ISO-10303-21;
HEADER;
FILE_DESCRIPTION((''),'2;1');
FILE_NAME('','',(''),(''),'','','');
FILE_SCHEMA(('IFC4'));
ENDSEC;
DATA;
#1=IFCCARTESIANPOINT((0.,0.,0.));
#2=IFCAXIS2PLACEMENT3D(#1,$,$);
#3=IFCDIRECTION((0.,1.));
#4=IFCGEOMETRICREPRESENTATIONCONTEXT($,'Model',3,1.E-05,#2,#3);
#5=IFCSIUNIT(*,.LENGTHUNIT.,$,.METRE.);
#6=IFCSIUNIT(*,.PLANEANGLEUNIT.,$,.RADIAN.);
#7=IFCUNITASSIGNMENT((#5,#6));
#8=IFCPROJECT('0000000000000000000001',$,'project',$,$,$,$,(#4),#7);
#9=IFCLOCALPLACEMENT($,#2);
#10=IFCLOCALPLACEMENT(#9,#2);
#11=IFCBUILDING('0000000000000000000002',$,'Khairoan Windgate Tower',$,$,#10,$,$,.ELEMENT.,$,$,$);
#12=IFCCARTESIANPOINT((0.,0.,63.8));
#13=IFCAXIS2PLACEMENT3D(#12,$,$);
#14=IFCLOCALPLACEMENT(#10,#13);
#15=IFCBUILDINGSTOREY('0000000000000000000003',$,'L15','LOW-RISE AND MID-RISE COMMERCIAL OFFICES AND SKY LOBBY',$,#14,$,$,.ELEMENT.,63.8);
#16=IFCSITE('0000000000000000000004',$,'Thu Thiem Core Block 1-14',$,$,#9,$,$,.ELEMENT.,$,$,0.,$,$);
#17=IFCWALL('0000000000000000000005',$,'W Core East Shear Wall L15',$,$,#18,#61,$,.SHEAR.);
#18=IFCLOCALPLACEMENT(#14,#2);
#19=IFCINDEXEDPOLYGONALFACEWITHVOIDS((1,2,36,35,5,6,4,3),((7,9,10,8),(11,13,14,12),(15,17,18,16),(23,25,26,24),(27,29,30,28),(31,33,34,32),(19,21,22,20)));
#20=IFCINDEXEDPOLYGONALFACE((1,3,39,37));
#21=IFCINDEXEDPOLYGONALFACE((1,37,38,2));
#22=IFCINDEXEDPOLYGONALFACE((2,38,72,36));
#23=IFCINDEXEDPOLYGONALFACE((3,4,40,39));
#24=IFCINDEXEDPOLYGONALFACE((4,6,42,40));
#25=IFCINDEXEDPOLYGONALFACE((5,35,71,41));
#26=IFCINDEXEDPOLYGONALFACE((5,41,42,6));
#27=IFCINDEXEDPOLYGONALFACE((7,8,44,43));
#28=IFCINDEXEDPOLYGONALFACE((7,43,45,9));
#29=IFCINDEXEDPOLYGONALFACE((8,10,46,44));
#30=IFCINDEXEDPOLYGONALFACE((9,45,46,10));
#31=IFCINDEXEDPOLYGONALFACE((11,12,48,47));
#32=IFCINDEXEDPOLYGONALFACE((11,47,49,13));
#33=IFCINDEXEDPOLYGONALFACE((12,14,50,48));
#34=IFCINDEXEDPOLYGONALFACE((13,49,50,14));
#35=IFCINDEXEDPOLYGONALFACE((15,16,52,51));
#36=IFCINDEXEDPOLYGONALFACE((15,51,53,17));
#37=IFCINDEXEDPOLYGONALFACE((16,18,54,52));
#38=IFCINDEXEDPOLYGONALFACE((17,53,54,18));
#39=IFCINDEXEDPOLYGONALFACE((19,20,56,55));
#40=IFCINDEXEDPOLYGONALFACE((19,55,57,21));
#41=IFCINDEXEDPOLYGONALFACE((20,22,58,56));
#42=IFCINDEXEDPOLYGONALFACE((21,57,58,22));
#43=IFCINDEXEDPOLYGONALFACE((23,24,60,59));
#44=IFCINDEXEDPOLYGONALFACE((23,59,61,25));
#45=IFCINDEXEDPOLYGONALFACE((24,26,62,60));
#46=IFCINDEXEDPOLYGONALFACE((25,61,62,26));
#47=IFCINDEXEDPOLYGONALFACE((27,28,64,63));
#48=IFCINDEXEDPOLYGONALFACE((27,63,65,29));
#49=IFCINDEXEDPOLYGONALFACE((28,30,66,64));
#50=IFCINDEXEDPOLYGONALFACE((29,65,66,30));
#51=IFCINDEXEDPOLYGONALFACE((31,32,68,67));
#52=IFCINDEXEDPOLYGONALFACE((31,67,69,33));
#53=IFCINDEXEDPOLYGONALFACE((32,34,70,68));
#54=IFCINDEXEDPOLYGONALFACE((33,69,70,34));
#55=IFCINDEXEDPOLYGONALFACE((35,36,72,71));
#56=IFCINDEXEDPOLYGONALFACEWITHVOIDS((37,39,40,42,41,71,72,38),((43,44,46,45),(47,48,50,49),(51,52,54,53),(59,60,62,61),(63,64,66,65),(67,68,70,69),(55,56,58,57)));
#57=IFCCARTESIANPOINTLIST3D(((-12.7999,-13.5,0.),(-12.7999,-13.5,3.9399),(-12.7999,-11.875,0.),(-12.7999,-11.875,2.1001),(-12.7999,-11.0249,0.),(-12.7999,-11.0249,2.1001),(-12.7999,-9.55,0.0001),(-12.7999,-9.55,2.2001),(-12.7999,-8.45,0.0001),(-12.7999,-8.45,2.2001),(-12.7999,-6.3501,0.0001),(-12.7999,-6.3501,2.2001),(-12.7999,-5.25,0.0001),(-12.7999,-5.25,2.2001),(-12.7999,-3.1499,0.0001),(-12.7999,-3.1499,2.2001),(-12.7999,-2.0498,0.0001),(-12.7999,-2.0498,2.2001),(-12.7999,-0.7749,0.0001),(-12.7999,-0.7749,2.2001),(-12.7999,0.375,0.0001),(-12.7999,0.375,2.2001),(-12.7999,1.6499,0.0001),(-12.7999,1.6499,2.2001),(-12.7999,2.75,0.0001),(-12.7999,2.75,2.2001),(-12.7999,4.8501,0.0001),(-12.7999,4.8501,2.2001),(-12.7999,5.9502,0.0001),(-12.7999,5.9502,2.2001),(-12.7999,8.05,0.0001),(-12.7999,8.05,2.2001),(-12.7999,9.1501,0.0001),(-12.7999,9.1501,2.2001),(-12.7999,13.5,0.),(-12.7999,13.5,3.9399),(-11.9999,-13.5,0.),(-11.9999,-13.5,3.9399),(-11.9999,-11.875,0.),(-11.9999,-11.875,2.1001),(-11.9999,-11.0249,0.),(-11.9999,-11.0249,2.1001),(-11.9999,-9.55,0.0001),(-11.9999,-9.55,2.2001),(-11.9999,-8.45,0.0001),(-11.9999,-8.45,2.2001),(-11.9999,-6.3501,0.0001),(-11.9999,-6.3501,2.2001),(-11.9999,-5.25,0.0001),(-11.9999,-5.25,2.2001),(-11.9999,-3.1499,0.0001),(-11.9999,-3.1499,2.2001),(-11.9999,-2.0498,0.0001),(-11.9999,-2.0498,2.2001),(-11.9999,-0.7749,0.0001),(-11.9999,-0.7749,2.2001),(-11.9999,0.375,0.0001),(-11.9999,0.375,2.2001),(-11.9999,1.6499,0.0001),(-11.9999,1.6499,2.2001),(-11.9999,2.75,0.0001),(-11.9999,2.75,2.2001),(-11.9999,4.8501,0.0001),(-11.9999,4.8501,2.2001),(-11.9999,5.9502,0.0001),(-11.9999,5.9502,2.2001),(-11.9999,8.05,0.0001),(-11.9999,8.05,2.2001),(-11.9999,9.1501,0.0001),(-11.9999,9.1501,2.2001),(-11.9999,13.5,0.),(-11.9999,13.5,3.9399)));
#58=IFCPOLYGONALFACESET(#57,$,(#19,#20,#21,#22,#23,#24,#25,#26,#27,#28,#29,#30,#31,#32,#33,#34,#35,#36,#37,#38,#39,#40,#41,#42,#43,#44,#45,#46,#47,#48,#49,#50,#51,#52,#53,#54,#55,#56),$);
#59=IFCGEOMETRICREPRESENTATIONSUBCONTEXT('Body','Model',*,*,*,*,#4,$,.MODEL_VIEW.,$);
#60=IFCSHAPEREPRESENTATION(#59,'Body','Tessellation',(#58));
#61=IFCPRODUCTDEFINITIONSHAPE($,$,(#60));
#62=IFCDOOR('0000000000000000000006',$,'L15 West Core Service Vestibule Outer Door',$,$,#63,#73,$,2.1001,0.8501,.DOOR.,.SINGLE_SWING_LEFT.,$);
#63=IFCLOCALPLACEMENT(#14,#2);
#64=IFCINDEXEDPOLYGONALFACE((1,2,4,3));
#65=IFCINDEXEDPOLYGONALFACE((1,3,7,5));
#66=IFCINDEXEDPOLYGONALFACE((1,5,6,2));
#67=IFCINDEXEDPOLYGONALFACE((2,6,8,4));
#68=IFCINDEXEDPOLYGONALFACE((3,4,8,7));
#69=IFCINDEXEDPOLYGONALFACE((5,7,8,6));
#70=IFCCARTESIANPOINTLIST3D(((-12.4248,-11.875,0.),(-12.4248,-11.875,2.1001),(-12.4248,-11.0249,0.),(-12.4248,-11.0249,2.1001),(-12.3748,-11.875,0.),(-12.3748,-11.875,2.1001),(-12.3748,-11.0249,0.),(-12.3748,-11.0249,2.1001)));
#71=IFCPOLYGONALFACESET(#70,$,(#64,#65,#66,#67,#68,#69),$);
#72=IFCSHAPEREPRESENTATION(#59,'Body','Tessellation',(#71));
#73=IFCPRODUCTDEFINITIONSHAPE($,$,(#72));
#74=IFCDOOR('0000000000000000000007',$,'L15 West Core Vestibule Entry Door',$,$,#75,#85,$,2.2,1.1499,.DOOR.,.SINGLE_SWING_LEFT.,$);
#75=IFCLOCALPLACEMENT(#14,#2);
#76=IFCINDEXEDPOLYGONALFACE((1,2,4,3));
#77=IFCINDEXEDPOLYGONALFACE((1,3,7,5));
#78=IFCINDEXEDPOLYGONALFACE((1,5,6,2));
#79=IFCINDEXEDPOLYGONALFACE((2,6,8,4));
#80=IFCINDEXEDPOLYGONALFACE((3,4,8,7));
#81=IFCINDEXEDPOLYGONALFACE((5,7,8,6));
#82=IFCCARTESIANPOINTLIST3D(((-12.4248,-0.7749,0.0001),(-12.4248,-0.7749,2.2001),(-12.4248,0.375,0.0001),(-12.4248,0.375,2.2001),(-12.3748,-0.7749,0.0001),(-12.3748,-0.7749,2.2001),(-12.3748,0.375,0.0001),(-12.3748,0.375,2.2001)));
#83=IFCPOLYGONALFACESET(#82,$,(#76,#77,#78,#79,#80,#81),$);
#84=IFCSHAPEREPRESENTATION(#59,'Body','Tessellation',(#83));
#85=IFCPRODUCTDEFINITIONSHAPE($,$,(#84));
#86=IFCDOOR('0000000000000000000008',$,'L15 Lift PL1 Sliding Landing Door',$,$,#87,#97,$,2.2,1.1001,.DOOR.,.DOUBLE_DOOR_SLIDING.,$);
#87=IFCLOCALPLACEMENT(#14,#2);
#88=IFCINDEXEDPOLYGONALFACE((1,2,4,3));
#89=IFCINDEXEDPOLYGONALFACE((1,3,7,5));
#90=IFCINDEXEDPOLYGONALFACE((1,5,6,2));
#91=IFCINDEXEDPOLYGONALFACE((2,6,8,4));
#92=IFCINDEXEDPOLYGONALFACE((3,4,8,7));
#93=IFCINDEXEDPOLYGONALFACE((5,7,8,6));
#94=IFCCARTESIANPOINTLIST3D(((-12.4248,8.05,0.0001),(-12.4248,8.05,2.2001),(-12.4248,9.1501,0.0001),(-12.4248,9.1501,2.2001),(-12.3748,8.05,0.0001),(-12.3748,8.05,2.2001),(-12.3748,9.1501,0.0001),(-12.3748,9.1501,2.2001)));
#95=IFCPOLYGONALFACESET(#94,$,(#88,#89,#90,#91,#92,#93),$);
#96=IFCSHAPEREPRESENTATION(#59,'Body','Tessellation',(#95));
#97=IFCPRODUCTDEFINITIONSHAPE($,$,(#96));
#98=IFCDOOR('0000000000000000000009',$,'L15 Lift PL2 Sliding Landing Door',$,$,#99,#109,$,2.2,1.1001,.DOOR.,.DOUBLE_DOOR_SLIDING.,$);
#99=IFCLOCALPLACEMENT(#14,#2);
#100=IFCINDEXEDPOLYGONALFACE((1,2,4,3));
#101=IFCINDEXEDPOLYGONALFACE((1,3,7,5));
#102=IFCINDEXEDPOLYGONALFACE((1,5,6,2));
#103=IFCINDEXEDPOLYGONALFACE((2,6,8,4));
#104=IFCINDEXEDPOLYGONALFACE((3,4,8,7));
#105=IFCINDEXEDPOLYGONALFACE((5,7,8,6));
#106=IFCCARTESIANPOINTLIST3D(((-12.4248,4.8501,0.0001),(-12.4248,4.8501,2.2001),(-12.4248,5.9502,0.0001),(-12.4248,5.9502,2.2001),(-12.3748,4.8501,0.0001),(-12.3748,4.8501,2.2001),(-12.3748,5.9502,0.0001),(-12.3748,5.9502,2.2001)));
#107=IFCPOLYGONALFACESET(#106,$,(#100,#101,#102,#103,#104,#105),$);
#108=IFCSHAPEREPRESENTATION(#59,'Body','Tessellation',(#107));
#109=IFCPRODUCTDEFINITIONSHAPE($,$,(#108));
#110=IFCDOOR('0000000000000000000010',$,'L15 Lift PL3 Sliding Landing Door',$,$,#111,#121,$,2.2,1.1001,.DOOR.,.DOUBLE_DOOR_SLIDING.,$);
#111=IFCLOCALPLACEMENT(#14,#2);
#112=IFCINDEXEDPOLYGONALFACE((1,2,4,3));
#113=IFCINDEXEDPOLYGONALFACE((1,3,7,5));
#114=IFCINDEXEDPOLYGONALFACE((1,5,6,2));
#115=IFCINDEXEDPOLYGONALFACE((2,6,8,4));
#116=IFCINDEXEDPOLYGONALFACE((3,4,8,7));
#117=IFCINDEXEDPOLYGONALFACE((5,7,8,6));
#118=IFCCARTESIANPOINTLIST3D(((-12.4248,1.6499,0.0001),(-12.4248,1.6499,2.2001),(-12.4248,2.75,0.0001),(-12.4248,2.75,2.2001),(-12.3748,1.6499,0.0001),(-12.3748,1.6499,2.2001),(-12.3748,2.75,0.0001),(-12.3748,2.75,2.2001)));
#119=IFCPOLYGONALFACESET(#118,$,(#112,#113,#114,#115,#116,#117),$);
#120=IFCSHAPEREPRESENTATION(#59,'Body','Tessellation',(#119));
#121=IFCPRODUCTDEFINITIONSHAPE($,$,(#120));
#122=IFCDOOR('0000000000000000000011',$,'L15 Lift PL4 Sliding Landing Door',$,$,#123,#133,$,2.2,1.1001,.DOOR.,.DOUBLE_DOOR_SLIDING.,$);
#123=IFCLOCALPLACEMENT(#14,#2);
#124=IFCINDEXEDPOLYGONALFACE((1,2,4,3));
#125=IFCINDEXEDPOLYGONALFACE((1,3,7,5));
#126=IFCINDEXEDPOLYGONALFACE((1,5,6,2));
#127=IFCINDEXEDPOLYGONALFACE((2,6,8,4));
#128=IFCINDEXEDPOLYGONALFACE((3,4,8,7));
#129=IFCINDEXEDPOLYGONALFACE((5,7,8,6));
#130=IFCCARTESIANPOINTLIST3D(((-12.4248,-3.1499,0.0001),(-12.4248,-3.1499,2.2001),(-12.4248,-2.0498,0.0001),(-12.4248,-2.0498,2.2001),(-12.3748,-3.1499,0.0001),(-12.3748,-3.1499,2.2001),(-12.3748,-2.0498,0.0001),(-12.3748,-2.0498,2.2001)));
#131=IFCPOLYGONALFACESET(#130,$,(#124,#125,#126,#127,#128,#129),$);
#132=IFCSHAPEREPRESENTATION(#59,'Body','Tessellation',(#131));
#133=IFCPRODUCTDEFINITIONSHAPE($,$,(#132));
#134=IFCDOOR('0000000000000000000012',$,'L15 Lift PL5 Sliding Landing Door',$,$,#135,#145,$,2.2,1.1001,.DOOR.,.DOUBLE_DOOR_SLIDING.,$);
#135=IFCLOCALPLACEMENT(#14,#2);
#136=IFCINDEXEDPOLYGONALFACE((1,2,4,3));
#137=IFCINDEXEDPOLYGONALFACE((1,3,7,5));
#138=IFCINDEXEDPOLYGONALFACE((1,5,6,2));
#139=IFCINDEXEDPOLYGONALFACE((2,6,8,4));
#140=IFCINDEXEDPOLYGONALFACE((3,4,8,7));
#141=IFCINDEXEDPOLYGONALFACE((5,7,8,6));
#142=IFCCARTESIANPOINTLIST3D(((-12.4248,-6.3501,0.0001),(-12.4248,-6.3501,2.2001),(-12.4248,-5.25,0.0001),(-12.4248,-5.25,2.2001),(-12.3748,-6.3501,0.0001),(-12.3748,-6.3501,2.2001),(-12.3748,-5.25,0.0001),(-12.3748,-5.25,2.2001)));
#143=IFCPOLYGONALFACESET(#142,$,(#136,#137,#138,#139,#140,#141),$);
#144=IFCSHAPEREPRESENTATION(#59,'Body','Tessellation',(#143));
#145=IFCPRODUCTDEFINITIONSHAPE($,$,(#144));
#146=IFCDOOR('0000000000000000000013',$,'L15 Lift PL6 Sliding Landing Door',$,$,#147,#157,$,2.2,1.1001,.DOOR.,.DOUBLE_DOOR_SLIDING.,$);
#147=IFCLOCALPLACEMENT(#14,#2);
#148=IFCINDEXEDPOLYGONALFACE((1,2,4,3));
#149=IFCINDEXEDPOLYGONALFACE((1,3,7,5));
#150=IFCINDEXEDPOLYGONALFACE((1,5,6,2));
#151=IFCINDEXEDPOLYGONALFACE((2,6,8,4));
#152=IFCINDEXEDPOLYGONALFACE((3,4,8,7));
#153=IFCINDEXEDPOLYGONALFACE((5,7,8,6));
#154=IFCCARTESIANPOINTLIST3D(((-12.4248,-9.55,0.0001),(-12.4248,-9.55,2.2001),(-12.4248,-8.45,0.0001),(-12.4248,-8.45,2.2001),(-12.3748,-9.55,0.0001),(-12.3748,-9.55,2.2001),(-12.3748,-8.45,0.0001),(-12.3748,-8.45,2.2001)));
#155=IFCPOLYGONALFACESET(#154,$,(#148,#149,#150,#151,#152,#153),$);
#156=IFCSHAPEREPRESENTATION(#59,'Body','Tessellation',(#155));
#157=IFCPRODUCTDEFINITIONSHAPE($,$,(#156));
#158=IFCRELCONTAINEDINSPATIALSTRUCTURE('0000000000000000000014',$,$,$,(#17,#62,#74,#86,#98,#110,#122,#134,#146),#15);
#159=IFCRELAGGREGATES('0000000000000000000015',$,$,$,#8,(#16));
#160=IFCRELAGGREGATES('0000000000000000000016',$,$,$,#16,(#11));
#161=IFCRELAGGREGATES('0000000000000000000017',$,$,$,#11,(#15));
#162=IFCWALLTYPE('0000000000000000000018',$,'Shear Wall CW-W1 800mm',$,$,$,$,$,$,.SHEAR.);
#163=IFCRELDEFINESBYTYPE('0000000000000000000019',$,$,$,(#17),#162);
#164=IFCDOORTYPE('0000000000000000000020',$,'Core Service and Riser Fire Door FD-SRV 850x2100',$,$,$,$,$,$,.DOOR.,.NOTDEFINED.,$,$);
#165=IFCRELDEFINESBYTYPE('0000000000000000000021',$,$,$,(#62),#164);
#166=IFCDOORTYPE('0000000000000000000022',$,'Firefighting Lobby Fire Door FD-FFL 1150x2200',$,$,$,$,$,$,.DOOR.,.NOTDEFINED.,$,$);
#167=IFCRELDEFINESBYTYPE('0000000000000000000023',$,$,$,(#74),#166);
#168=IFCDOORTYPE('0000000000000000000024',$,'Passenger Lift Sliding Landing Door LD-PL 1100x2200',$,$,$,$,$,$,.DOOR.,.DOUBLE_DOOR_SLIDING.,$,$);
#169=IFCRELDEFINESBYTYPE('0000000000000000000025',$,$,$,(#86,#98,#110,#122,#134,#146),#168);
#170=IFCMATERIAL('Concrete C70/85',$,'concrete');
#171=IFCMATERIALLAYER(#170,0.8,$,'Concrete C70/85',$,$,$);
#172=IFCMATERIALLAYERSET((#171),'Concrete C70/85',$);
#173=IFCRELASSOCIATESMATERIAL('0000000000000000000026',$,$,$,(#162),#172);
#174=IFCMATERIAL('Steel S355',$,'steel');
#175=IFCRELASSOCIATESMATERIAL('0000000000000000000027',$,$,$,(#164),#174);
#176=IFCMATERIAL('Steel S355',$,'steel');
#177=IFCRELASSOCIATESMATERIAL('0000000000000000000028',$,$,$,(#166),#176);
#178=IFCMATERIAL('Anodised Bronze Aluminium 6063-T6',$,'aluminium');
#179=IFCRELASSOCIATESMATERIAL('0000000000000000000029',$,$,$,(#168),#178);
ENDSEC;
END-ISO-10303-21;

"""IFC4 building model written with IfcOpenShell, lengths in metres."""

from ifc_helpers import new_model, si_unit, direction, frame, frame_2d, origin, place, context, subcontext, project, spatial, rectangle, extrude, material, layer, layer_set, type_object, element, fill, save


model = new_model("IFC4")

# Units and contexts
model_context = context("Model", 3, precision=1e-05, world=origin(), true_north=direction((0.0, 1.0)))
body_context = subcontext(model_context, "Body", "Model", "MODEL_VIEW")
ifc_project = project(units=[si_unit("LENGTHUNIT", "METRE"), si_unit("PLANEANGLEUNIT", "RADIAN")], contexts=[model_context])

# Site, building, storey
site_placement = place(None, origin())
site = spatial("IfcSite", under=ifc_project, at=site_placement, Name="Thu Thiem Core Block 1-14", CompositionType="ELEMENT", RefElevation=0.0)
building_placement = place(site_placement, origin())
building = spatial("IfcBuilding", under=site, at=building_placement, Name="Khairoan Windgate Tower", CompositionType="ELEMENT")
storey_placement = place(building_placement, frame((0.0, 0.0, 63.8)))
storey = spatial("IfcBuildingStorey", under=building, at=storey_placement, Name="L15", Description="LOW-RISE AND MID-RISE COMMERCIAL OFFICES AND SKY LOBBY", CompositionType="ELEMENT", Elevation=63.8)

# Wall, openings, doors
ifc_material_1 = material(Name="Concrete C70/85", Category="concrete")
ifc_layer_1 = layer(ifc_material_1, 0.8, Name="Concrete C70/85")
ifc_layer_set_1 = layer_set([ifc_layer_1], Name="Concrete C70/85")
wall_type_1 = type_object("IfcWallType", Name="Shear Wall CW-W1 800mm", PredefinedType="SHEAR", material=ifc_layer_set_1)
wall_1_placement = place(storey_placement, frame((-12.3999, -13.5, 0.0), z_axis=(0.0, 0.0, 1.0), x_axis=(0.0, 1.0, 0.0)))
wall_1 = element("IfcWall", 1, at=wall_1_placement, inside=storey, type_object=wall_type_1, Name="W Core East Shear Wall L15", PredefinedType="SHEAR", context=body_context, shape_type="SweptSolid", body=[
    extrude(rectangle(XDim=27.0, YDim=0.8, at=frame_2d((13.5, 0.0))), origin(), (0.0, 0.0, 1.0), 3.9399),
])
opening_1_placement = place(wall_1_placement, frame((21.55, 0.0, 0.0)))
opening_1 = element("IfcOpeningElement", 2, at=opening_1_placement, cuts=wall_1, PredefinedType="OPENING", context=body_context, shape_type="SweptSolid", body=[
    extrude(rectangle(XDim=1.1001, YDim=2.2, at=frame_2d((0.55, 1.1001))), frame((0.0, 0.4099, 0.0), z_axis=(0.0, -1.0, 0.0), x_axis=(1.0, 0.0, 0.0)), (0.0, 0.0, 1.0), 0.8201),
])
opening_2_placement = place(wall_1_placement, frame((18.3501, 0.0, 0.0)))
opening_2 = element("IfcOpeningElement", 3, at=opening_2_placement, cuts=wall_1, PredefinedType="OPENING", context=body_context, shape_type="SweptSolid", body=[
    extrude(rectangle(XDim=1.1001, YDim=2.2, at=frame_2d((0.55, 1.1001))), frame((0.0, 0.4099, 0.0), z_axis=(0.0, -1.0, 0.0), x_axis=(1.0, 0.0, 0.0)), (0.0, 0.0, 1.0), 0.8201),
])
opening_3_placement = place(wall_1_placement, frame((15.1499, 0.0, 0.0)))
opening_3 = element("IfcOpeningElement", 4, at=opening_3_placement, cuts=wall_1, PredefinedType="OPENING", context=body_context, shape_type="SweptSolid", body=[
    extrude(rectangle(XDim=1.1001, YDim=2.2, at=frame_2d((0.55, 1.1001))), frame((0.0, 0.4099, 0.0), z_axis=(0.0, -1.0, 0.0), x_axis=(1.0, 0.0, 0.0)), (0.0, 0.0, 1.0), 0.8201),
])
opening_4_placement = place(wall_1_placement, frame((10.3501, 0.0, 0.0)))
opening_4 = element("IfcOpeningElement", 5, at=opening_4_placement, cuts=wall_1, PredefinedType="OPENING", context=body_context, shape_type="SweptSolid", body=[
    extrude(rectangle(XDim=1.1001, YDim=2.2, at=frame_2d((0.55, 1.1001))), frame((0.0, 0.4099, 0.0), z_axis=(0.0, -1.0, 0.0), x_axis=(1.0, 0.0, 0.0)), (0.0, 0.0, 1.0), 0.8201),
])
opening_5_placement = place(wall_1_placement, frame((7.1499, 0.0, 0.0)))
opening_5 = element("IfcOpeningElement", 6, at=opening_5_placement, cuts=wall_1, PredefinedType="OPENING", context=body_context, shape_type="SweptSolid", body=[
    extrude(rectangle(XDim=1.1001, YDim=2.2, at=frame_2d((0.55, 1.1001))), frame((0.0, 0.4099, 0.0), z_axis=(0.0, -1.0, 0.0), x_axis=(1.0, 0.0, 0.0)), (0.0, 0.0, 1.0), 0.8201),
])
opening_6_placement = place(wall_1_placement, frame((3.95, 0.0, 0.0)))
opening_6 = element("IfcOpeningElement", 7, at=opening_6_placement, cuts=wall_1, PredefinedType="OPENING", context=body_context, shape_type="SweptSolid", body=[
    extrude(rectangle(XDim=1.1001, YDim=2.2, at=frame_2d((0.55, 1.1001))), frame((0.0, 0.4099, 0.0), z_axis=(0.0, -1.0, 0.0), x_axis=(1.0, 0.0, 0.0)), (0.0, 0.0, 1.0), 0.8201),
])
opening_7_placement = place(wall_1_placement, frame((12.7251, 0.0, 0.0)))
opening_7 = element("IfcOpeningElement", 8, at=opening_7_placement, cuts=wall_1, PredefinedType="OPENING", context=body_context, shape_type="SweptSolid", body=[
    extrude(rectangle(XDim=1.1499, YDim=2.2, at=frame_2d((0.575, 1.1001))), frame((0.0, 0.4099, 0.0), z_axis=(0.0, -1.0, 0.0), x_axis=(1.0, 0.0, 0.0)), (0.0, 0.0, 1.0), 0.8201),
])
opening_8_placement = place(wall_1_placement, frame((1.625, 0.0, 0.0)))
opening_8 = element("IfcOpeningElement", 9, at=opening_8_placement, cuts=wall_1, PredefinedType="OPENING", context=body_context, shape_type="SweptSolid", body=[
    extrude(rectangle(XDim=0.8501, YDim=2.1001, at=frame_2d((0.425, 1.05))), frame((0.0, 0.4099, 0.0), z_axis=(0.0, -1.0, 0.0), x_axis=(1.0, 0.0, 0.0)), (0.0, 0.0, 1.0), 0.8201),
])
ifc_material_2 = material(Name="Steel S355", Category="steel")
door_type_1 = type_object("IfcDoorType", Name="Core Service and Riser Fire Door FD-SRV 850x2100", OperationType="NOTDEFINED", PredefinedType="DOOR", material=ifc_material_2)
door_1_placement = place(opening_8_placement, origin())
door_1 = element("IfcDoor", 10, at=door_1_placement, inside=storey, type_object=door_type_1, Name="L15 West Core Service Vestibule Outer Door", OperationType="SINGLE_SWING_LEFT", OverallHeight=2.1001, OverallWidth=0.8501, PredefinedType="DOOR", context=body_context, shape_type="SweptSolid", body=[
    extrude(rectangle(XDim=0.8501, YDim=2.1001, at=frame_2d((0.425, 1.05))), frame((0.0, 0.0249, 0.0), z_axis=(0.0, -1.0, 0.0), x_axis=(1.0, 0.0, 0.0)), (0.0, 0.0, 1.0), 0.05),
])
fill(opening_8, door_1)
ifc_material_3 = material(Name="Steel S355", Category="steel")
door_type_2 = type_object("IfcDoorType", Name="Firefighting Lobby Fire Door FD-FFL 1150x2200", OperationType="NOTDEFINED", PredefinedType="DOOR", material=ifc_material_3)
door_2_placement = place(opening_7_placement, origin())
door_2 = element("IfcDoor", 11, at=door_2_placement, inside=storey, type_object=door_type_2, Name="L15 West Core Vestibule Entry Door", OperationType="SINGLE_SWING_LEFT", OverallHeight=2.2, OverallWidth=1.1499, PredefinedType="DOOR", context=body_context, shape_type="SweptSolid", body=[
    extrude(rectangle(XDim=1.1499, YDim=2.2, at=frame_2d((0.575, 1.1001))), frame((0.0, 0.0249, 0.0), z_axis=(0.0, -1.0, 0.0), x_axis=(1.0, 0.0, 0.0)), (0.0, 0.0, 1.0), 0.05),
])
fill(opening_7, door_2)
ifc_material_4 = material(Name="Anodised Bronze Aluminium 6063-T6", Category="aluminium")
door_type_3 = type_object("IfcDoorType", Name="Passenger Lift Sliding Landing Door LD-PL 1100x2200", OperationType="DOUBLE_DOOR_SLIDING", PredefinedType="DOOR", material=ifc_material_4)
door_3_placement = place(opening_1_placement, origin())
door_3 = element("IfcDoor", 12, at=door_3_placement, inside=storey, type_object=door_type_3, Name="L15 Lift PL1 Sliding Landing Door", OperationType="DOUBLE_DOOR_SLIDING", OverallHeight=2.2, OverallWidth=1.1001, PredefinedType="DOOR", context=body_context, shape_type="SweptSolid", body=[
    extrude(rectangle(XDim=1.1001, YDim=2.2, at=frame_2d((0.55, 1.1001))), frame((0.0, 0.0249, 0.0), z_axis=(0.0, -1.0, 0.0), x_axis=(1.0, 0.0, 0.0)), (0.0, 0.0, 1.0), 0.05),
])
fill(opening_1, door_3)
door_4_placement = place(opening_2_placement, origin())
door_4 = element("IfcDoor", 13, at=door_4_placement, inside=storey, type_object=door_type_3, Name="L15 Lift PL2 Sliding Landing Door", OperationType="DOUBLE_DOOR_SLIDING", OverallHeight=2.2, OverallWidth=1.1001, PredefinedType="DOOR", context=body_context, shape_type="SweptSolid", body=[
    extrude(rectangle(XDim=1.1001, YDim=2.2, at=frame_2d((0.55, 1.1001))), frame((0.0, 0.0249, 0.0), z_axis=(0.0, -1.0, 0.0), x_axis=(1.0, 0.0, 0.0)), (0.0, 0.0, 1.0), 0.05),
])
fill(opening_2, door_4)
door_5_placement = place(opening_3_placement, origin())
door_5 = element("IfcDoor", 14, at=door_5_placement, inside=storey, type_object=door_type_3, Name="L15 Lift PL3 Sliding Landing Door", OperationType="DOUBLE_DOOR_SLIDING", OverallHeight=2.2, OverallWidth=1.1001, PredefinedType="DOOR", context=body_context, shape_type="SweptSolid", body=[
    extrude(rectangle(XDim=1.1001, YDim=2.2, at=frame_2d((0.55, 1.1001))), frame((0.0, 0.0249, 0.0), z_axis=(0.0, -1.0, 0.0), x_axis=(1.0, 0.0, 0.0)), (0.0, 0.0, 1.0), 0.05),
])
fill(opening_3, door_5)
door_6_placement = place(opening_4_placement, origin())
door_6 = element("IfcDoor", 15, at=door_6_placement, inside=storey, type_object=door_type_3, Name="L15 Lift PL4 Sliding Landing Door", OperationType="DOUBLE_DOOR_SLIDING", OverallHeight=2.2, OverallWidth=1.1001, PredefinedType="DOOR", context=body_context, shape_type="SweptSolid", body=[
    extrude(rectangle(XDim=1.1001, YDim=2.2, at=frame_2d((0.55, 1.1001))), frame((0.0, 0.0249, 0.0), z_axis=(0.0, -1.0, 0.0), x_axis=(1.0, 0.0, 0.0)), (0.0, 0.0, 1.0), 0.05),
])
fill(opening_4, door_6)
door_7_placement = place(opening_5_placement, origin())
door_7 = element("IfcDoor", 16, at=door_7_placement, inside=storey, type_object=door_type_3, Name="L15 Lift PL5 Sliding Landing Door", OperationType="DOUBLE_DOOR_SLIDING", OverallHeight=2.2, OverallWidth=1.1001, PredefinedType="DOOR", context=body_context, shape_type="SweptSolid", body=[
    extrude(rectangle(XDim=1.1001, YDim=2.2, at=frame_2d((0.55, 1.1001))), frame((0.0, 0.0249, 0.0), z_axis=(0.0, -1.0, 0.0), x_axis=(1.0, 0.0, 0.0)), (0.0, 0.0, 1.0), 0.05),
])
fill(opening_5, door_7)
door_8_placement = place(opening_6_placement, origin())
door_8 = element("IfcDoor", 17, at=door_8_placement, inside=storey, type_object=door_type_3, Name="L15 Lift PL6 Sliding Landing Door", OperationType="DOUBLE_DOOR_SLIDING", OverallHeight=2.2, OverallWidth=1.1001, PredefinedType="DOOR", context=body_context, shape_type="SweptSolid", body=[
    extrude(rectangle(XDim=1.1001, YDim=2.2, at=frame_2d((0.55, 1.1001))), frame((0.0, 0.0249, 0.0), z_axis=(0.0, -1.0, 0.0), x_axis=(1.0, 0.0, 0.0)), (0.0, 0.0, 1.0), 0.05),
])
fill(opening_6, door_8)

save(model, "model.ifc")
